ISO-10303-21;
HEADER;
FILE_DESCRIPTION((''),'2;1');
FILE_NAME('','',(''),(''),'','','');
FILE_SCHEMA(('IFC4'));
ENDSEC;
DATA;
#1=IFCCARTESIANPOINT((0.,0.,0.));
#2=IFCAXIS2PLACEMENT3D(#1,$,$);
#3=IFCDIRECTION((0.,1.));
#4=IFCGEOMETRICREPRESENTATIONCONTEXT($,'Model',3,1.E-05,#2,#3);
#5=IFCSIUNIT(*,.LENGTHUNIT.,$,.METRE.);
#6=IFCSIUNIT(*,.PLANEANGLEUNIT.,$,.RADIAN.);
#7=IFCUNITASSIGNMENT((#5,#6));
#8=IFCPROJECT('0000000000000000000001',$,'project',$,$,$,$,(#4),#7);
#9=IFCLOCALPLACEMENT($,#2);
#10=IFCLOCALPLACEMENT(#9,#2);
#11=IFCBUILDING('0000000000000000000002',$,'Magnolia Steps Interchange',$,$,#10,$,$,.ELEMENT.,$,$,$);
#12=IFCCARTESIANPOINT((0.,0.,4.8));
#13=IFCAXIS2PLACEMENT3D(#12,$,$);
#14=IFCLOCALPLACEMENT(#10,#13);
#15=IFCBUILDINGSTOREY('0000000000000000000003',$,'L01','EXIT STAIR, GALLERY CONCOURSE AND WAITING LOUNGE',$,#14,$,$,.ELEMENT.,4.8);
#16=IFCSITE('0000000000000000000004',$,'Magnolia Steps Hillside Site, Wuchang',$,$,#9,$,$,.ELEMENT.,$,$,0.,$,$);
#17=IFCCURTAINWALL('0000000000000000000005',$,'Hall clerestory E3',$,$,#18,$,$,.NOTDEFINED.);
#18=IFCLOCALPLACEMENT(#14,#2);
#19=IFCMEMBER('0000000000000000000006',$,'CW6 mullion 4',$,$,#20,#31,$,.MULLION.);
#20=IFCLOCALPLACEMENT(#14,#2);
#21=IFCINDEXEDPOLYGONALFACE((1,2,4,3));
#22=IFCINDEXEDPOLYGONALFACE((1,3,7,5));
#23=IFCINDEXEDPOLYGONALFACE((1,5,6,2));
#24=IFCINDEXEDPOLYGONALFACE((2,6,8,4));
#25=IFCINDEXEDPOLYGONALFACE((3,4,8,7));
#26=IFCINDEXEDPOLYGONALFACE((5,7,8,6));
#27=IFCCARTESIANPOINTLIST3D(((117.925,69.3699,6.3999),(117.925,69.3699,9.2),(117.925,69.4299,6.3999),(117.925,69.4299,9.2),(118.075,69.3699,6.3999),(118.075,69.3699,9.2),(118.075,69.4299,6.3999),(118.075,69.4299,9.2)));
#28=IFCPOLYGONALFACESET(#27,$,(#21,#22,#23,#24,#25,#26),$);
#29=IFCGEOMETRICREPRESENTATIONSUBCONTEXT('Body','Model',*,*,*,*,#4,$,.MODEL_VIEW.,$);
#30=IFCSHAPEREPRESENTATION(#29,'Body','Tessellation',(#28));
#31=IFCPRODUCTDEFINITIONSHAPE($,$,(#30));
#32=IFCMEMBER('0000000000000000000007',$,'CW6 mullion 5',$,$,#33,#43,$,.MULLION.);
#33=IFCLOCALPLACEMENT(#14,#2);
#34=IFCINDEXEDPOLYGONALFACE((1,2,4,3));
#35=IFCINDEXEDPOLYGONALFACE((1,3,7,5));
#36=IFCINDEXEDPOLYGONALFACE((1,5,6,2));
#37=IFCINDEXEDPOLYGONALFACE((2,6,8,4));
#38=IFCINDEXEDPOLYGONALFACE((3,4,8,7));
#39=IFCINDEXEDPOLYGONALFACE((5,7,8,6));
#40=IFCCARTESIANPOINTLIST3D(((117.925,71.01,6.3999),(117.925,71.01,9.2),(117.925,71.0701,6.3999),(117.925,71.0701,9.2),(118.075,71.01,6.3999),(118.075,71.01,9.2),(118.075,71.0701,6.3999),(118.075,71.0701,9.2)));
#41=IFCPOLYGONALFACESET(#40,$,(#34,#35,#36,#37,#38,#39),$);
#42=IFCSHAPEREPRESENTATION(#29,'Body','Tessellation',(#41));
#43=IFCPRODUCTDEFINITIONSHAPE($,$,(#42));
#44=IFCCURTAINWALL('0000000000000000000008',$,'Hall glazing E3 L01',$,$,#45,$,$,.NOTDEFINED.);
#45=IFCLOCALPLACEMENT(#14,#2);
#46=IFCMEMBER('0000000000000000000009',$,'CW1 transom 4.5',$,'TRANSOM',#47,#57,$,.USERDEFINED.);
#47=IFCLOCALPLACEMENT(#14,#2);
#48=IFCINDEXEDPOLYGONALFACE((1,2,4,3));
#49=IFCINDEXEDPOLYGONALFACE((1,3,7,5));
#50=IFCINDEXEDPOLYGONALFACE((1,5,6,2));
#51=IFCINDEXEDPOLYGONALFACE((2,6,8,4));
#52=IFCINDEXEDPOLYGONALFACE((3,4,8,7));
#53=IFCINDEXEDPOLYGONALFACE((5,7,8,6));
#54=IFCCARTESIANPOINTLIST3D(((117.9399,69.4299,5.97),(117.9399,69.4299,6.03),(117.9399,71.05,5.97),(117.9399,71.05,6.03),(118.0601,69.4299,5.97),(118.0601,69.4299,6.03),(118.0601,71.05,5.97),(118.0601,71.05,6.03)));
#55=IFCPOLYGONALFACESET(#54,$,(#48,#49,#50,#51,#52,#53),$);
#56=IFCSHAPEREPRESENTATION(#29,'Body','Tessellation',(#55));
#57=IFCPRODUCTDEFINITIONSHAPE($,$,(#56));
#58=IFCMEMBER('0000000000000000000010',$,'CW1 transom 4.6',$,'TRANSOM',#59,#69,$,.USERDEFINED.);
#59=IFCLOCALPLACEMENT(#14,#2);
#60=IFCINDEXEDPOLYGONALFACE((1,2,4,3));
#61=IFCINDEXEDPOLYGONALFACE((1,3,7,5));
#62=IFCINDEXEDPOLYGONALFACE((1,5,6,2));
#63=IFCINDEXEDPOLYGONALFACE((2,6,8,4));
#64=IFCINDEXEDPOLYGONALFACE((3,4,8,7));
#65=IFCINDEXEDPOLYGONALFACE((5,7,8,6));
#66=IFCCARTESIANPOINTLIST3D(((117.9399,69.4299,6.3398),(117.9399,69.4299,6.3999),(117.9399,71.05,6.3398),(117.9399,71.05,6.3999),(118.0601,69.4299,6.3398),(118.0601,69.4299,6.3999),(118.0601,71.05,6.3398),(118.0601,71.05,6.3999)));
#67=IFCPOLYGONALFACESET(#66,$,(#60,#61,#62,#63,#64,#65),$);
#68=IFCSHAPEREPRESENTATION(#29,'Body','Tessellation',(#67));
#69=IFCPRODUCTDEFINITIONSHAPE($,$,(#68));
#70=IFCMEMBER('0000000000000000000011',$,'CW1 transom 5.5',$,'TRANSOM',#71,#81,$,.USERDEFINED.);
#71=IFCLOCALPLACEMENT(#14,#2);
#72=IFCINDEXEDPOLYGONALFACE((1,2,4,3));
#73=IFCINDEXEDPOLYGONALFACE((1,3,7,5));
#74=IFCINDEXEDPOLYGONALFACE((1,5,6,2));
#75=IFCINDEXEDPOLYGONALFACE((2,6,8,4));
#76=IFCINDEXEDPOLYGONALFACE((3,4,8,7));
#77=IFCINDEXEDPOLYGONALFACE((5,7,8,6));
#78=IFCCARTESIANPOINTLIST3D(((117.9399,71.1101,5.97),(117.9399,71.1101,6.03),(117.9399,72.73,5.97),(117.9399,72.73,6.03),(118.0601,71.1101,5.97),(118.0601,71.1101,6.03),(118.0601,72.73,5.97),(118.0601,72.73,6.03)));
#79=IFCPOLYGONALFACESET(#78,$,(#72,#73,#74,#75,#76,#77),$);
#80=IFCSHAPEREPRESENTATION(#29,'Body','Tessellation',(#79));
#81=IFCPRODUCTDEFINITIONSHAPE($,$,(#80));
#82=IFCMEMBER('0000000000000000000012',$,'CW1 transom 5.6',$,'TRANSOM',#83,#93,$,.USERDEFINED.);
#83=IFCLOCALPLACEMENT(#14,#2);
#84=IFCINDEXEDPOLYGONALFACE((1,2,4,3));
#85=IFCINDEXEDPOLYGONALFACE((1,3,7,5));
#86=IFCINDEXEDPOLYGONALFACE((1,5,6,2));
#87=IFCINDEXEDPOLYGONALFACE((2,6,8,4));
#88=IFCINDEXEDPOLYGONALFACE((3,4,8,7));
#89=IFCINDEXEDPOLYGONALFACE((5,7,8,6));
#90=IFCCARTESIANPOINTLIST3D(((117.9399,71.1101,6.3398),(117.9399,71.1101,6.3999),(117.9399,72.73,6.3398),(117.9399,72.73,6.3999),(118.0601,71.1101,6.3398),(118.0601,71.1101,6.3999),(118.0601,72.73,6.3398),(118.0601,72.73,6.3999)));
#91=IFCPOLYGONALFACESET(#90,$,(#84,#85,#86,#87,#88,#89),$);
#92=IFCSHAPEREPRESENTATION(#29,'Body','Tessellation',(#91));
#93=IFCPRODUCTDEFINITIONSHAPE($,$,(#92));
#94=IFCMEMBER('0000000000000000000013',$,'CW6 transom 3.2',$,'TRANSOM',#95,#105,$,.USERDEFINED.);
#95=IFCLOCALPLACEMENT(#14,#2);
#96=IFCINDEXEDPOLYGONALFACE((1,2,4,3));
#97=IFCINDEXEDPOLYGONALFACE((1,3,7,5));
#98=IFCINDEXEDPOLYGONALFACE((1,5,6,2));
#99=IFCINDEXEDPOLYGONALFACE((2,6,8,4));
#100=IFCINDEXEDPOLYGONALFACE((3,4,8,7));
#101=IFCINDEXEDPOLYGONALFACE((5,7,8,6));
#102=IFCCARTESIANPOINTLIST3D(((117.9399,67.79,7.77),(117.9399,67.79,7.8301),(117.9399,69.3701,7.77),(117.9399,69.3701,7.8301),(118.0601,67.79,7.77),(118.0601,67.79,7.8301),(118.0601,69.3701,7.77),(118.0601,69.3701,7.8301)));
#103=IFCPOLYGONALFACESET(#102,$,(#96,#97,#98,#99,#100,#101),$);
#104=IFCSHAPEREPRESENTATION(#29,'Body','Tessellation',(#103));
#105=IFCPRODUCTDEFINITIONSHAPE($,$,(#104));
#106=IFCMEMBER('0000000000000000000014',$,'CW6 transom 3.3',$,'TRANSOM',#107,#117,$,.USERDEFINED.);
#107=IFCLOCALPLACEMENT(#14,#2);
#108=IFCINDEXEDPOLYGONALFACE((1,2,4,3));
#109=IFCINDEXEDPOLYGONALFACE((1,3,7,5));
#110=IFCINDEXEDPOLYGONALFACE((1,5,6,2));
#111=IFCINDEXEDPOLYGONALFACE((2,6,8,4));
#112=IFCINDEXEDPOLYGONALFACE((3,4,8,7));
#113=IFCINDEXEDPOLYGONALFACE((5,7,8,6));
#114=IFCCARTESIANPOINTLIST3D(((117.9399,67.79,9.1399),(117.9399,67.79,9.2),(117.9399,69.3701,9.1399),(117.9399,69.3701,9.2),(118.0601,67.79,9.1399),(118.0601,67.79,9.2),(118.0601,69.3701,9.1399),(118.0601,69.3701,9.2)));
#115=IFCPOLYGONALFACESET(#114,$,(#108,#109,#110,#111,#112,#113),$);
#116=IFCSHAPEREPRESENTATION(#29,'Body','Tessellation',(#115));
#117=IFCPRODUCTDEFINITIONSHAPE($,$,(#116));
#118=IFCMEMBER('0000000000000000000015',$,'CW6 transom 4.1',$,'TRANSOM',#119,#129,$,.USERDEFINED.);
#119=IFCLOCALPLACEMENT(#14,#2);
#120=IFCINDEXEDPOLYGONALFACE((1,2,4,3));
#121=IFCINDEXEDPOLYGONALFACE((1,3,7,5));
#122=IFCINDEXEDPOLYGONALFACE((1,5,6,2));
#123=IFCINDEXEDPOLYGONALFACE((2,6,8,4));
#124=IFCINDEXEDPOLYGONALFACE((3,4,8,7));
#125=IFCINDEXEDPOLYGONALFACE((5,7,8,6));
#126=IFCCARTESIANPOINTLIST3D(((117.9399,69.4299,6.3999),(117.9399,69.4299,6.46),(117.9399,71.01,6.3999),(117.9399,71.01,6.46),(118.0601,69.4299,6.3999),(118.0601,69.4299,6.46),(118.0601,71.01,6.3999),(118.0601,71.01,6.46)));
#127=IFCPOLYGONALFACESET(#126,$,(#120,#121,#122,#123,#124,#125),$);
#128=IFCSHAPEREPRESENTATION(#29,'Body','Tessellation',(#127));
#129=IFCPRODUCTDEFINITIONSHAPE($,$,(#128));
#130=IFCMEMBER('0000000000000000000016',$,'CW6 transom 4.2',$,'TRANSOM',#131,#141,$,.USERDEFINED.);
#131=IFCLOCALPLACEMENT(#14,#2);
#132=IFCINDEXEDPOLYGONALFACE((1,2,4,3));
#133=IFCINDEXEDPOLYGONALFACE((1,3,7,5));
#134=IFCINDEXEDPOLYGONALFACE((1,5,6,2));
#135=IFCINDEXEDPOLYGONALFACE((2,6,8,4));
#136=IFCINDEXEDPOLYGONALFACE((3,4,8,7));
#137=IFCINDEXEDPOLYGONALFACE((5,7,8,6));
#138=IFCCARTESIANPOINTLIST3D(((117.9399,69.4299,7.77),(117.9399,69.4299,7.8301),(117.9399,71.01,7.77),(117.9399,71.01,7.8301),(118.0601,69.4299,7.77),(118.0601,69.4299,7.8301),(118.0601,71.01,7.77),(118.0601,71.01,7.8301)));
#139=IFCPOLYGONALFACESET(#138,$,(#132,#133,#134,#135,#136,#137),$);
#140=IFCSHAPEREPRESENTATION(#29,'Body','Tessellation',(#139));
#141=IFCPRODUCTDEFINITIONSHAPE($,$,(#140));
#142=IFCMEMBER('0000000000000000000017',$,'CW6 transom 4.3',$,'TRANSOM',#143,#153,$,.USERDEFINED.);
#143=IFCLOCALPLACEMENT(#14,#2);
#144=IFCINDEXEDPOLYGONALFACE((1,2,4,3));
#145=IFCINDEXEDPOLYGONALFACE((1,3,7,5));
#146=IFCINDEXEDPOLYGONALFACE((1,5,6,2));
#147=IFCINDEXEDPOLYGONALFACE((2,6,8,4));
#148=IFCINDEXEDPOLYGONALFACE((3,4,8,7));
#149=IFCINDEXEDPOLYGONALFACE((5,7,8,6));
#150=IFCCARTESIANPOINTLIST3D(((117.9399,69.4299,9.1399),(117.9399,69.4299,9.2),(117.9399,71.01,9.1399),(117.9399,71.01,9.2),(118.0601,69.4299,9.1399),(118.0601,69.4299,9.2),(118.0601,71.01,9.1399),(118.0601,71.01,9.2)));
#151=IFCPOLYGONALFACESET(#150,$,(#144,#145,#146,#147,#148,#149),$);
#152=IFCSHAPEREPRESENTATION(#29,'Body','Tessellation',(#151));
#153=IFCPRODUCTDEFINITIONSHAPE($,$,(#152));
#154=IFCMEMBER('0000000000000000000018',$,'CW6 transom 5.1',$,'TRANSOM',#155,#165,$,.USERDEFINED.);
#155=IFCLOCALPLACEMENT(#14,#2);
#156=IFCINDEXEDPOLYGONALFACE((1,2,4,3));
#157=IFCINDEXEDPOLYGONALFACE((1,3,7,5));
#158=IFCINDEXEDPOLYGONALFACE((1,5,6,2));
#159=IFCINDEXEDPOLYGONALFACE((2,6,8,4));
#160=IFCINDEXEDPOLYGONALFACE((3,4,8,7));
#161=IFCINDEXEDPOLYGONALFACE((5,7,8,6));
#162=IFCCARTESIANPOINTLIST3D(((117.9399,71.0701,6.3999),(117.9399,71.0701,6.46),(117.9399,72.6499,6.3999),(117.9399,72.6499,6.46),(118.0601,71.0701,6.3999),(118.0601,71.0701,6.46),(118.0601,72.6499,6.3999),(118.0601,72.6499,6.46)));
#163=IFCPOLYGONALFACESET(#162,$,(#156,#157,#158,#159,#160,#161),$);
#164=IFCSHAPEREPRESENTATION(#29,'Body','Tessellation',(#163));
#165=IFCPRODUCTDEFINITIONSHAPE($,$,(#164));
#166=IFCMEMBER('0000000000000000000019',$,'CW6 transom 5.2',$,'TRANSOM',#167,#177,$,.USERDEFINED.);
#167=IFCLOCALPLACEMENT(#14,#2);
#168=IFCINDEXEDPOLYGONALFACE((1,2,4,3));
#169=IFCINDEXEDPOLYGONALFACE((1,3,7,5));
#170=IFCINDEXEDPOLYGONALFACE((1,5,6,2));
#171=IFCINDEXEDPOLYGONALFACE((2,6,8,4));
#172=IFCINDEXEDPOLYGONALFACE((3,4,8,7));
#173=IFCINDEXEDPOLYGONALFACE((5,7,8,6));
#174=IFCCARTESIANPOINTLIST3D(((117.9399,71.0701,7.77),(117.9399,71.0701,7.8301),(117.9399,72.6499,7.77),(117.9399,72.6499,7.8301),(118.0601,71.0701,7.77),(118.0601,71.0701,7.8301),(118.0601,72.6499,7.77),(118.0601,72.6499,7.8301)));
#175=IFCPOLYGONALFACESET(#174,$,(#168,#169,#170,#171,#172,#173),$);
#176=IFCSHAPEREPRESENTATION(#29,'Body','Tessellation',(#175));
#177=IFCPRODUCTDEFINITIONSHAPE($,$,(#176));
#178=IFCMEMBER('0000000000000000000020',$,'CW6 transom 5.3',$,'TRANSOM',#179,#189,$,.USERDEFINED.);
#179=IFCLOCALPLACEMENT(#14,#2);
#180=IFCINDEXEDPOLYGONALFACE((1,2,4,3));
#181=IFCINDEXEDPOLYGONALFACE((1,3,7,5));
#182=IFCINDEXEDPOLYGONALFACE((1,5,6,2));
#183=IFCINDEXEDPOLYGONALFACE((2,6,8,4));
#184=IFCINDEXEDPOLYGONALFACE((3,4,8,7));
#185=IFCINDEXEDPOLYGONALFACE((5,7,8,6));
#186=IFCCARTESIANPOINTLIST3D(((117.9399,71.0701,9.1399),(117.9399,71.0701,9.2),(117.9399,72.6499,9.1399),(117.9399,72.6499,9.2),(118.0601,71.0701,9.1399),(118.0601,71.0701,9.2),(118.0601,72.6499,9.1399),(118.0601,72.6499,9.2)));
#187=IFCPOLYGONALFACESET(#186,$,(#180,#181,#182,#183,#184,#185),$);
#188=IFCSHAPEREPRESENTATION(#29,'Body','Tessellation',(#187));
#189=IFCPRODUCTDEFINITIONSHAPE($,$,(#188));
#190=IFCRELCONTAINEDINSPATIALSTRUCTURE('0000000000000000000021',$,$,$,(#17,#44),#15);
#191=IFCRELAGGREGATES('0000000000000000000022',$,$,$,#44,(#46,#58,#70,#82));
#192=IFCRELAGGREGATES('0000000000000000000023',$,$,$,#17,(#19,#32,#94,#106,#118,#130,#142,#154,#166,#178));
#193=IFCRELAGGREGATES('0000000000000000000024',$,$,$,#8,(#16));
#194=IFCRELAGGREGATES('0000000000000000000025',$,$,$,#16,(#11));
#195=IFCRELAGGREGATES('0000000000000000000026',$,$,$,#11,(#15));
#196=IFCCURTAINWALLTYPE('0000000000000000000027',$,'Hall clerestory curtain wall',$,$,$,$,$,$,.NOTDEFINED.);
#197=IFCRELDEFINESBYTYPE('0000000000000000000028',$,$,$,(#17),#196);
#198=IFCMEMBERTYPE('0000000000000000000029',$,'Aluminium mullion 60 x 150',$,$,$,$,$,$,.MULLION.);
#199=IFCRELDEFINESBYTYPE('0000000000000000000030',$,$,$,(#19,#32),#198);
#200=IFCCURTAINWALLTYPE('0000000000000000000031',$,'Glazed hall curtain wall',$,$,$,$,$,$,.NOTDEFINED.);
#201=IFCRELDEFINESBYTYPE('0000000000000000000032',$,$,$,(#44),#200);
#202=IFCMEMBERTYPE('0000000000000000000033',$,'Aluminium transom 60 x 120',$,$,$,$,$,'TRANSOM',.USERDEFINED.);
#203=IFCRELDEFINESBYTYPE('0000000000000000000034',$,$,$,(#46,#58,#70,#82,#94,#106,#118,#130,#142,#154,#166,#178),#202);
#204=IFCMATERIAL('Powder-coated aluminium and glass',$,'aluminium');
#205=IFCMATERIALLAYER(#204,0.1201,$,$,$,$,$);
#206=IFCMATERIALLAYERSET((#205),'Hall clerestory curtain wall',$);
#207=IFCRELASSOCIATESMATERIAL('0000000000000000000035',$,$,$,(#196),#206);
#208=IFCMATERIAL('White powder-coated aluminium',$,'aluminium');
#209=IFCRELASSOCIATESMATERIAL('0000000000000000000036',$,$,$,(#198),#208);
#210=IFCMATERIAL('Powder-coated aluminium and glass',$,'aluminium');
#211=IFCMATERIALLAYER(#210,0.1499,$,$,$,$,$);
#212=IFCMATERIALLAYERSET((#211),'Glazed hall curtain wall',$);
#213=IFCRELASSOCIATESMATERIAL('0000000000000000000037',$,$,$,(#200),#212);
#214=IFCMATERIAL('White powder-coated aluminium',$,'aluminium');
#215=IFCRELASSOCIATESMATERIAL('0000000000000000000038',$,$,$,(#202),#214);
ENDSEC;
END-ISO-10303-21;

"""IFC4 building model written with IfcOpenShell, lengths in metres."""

from ifc_helpers import new_model, si_unit, direction, frame, origin, origin_2d, place, context, subcontext, project, spatial, rectangle, extrude, material, layer, layer_set, material_profile, profile_set, type_object, element, aggregate, save


model = new_model("IFC4")

# Units and contexts
model_context = context("Model", 3, precision=1e-05, world=origin(), true_north=direction((0.0, 1.0)))
body_context = subcontext(model_context, "Body", "Model", "MODEL_VIEW")
ifc_project = project(units=[si_unit("LENGTHUNIT", "METRE"), si_unit("PLANEANGLEUNIT", "RADIAN")], contexts=[model_context])

# Site, building, storey
site_placement = place(None, origin())
site = spatial("IfcSite", under=ifc_project, at=site_placement, Name="Magnolia Steps Hillside Site, Wuchang", CompositionType="ELEMENT", RefElevation=0.0)
building_placement = place(site_placement, origin())
building = spatial("IfcBuilding", under=site, at=building_placement, Name="Magnolia Steps Interchange", CompositionType="ELEMENT")
storey_placement = place(building_placement, frame((0.0, 0.0, 4.8)))
storey = spatial("IfcBuildingStorey", under=building, at=storey_placement, Name="L01", Description="EXIT STAIR, GALLERY CONCOURSE AND WAITING LOUNGE", CompositionType="ELEMENT", Elevation=4.8)

# Curtain walls, members
ifc_material_1 = material(Name="Powder-coated aluminium and glass", Category="aluminium")
ifc_layer_1 = layer(ifc_material_1, 0.1201)
ifc_layer_set_1 = layer_set([ifc_layer_1], Name="Hall clerestory curtain wall")
curtain_wall_type_1 = type_object("IfcCurtainWallType", Name="Hall clerestory curtain wall", PredefinedType="NOTDEFINED", material=ifc_layer_set_1)
curtain_wall_1_placement = place(storey_placement, origin())
curtain_wall_1 = element("IfcCurtainWall", 1, at=curtain_wall_1_placement, inside=storey, type_object=curtain_wall_type_1, Name="Hall clerestory E3", PredefinedType="NOTDEFINED")
ifc_material_2 = material(Name="White powder-coated aluminium", Category="aluminium")
ifc_material_profile_1 = material_profile(ifc_material_2, rectangle(XDim=0.0601, YDim=0.1499, at=origin_2d()), Name="Aluminium mullion 60 x 150")
ifc_profile_set_1 = profile_set([ifc_material_profile_1], Name="White powder-coated aluminium")
member_type_1 = type_object("IfcMemberType", Name="Aluminium mullion 60 x 150", PredefinedType="MULLION", material=ifc_profile_set_1)
member_1_placement = place(storey_placement, frame((118.0, 69.3999, 6.3999), z_axis=(0.0, 0.0, 1.0), x_axis=(0.0, 1.0, 0.0)))
member_1 = element("IfcMember", 2, at=member_1_placement, type_object=member_type_1, Name="CW6 mullion 4", PredefinedType="MULLION", context=body_context, shape_type="SweptSolid", body=[
    extrude(rectangle(XDim=0.0601, YDim=0.1499, at=origin_2d()), origin(), (0.0, 0.0, 1.0), 2.8),
])
member_2_placement = place(storey_placement, frame((118.0, 71.04, 6.3999), z_axis=(0.0, 0.0, 1.0), x_axis=(0.0, 1.0, 0.0)))
member_2 = element("IfcMember", 3, at=member_2_placement, type_object=member_type_1, Name="CW6 mullion 5", PredefinedType="MULLION", context=body_context, shape_type="SweptSolid", body=[
    extrude(rectangle(XDim=0.0601, YDim=0.1499, at=origin_2d()), origin(), (0.0, 0.0, 1.0), 2.8),
])
ifc_material_3 = material(Name="Powder-coated aluminium and glass", Category="aluminium")
ifc_layer_2 = layer(ifc_material_3, 0.1499)
ifc_layer_set_2 = layer_set([ifc_layer_2], Name="Glazed hall curtain wall")
curtain_wall_type_2 = type_object("IfcCurtainWallType", Name="Glazed hall curtain wall", PredefinedType="NOTDEFINED", material=ifc_layer_set_2)
curtain_wall_2_placement = place(storey_placement, origin())
curtain_wall_2 = element("IfcCurtainWall", 4, at=curtain_wall_2_placement, inside=storey, type_object=curtain_wall_type_2, Name="Hall glazing E3 L01", PredefinedType="NOTDEFINED")
ifc_material_4 = material(Name="White powder-coated aluminium", Category="aluminium")
ifc_material_profile_2 = material_profile(ifc_material_4, rectangle(XDim=0.0601, YDim=0.1201, at=origin_2d()), Name="Aluminium transom 60 x 120")
ifc_profile_set_2 = profile_set([ifc_material_profile_2], Name="White powder-coated aluminium")
member_type_2 = type_object("IfcMemberType", Name="Aluminium transom 60 x 120", ElementType="TRANSOM", PredefinedType="USERDEFINED", material=ifc_profile_set_2)
member_3_placement = place(storey_placement, frame((118.0, 69.4299, 6.0), z_axis=(0.0, 1.0, 0.0), x_axis=(0.0, 0.0, 1.0)))
member_3 = element("IfcMember", 5, at=member_3_placement, type_object=member_type_2, Name="CW1 transom 4.5", ObjectType="TRANSOM", PredefinedType="USERDEFINED", context=body_context, shape_type="SweptSolid", body=[
    extrude(rectangle(XDim=0.0601, YDim=0.1201, at=origin_2d()), origin(), (0.0, 0.0, 1.0), 1.6201),
])
member_4_placement = place(storey_placement, frame((118.0, 69.4299, 6.3699), z_axis=(0.0, 1.0, 0.0), x_axis=(0.0, 0.0, 1.0)))
member_4 = element("IfcMember", 6, at=member_4_placement, type_object=member_type_2, Name="CW1 transom 4.6", ObjectType="TRANSOM", PredefinedType="USERDEFINED", context=body_context, shape_type="SweptSolid", body=[
    extrude(rectangle(XDim=0.0601, YDim=0.1201, at=origin_2d()), origin(), (0.0, 0.0, 1.0), 1.6201),
])
member_5_placement = place(storey_placement, frame((118.0, 71.1101, 6.0), z_axis=(0.0, 1.0, 0.0), x_axis=(0.0, 0.0, 1.0)))
member_5 = element("IfcMember", 7, at=member_5_placement, type_object=member_type_2, Name="CW1 transom 5.5", ObjectType="TRANSOM", PredefinedType="USERDEFINED", context=body_context, shape_type="SweptSolid", body=[
    extrude(rectangle(XDim=0.0601, YDim=0.1201, at=origin_2d()), origin(), (0.0, 0.0, 1.0), 1.6199),
])
member_6_placement = place(storey_placement, frame((118.0, 71.1101, 6.3699), z_axis=(0.0, 1.0, 0.0), x_axis=(0.0, 0.0, 1.0)))
member_6 = element("IfcMember", 8, at=member_6_placement, type_object=member_type_2, Name="CW1 transom 5.6", ObjectType="TRANSOM", PredefinedType="USERDEFINED", context=body_context, shape_type="SweptSolid", body=[
    extrude(rectangle(XDim=0.0601, YDim=0.1201, at=origin_2d()), origin(), (0.0, 0.0, 1.0), 1.6199),
])

# Members
member_7_placement = place(storey_placement, frame((118.0, 67.79, 7.8), z_axis=(0.0, 1.0, 0.0), x_axis=(0.0, 0.0, 1.0)))
member_7 = element("IfcMember", 9, at=member_7_placement, type_object=member_type_2, Name="CW6 transom 3.2", ObjectType="TRANSOM", PredefinedType="USERDEFINED", context=body_context, shape_type="SweptSolid", body=[
    extrude(rectangle(XDim=0.0601, YDim=0.1201, at=origin_2d()), origin(), (0.0, 0.0, 1.0), 1.5801),
])
member_8_placement = place(storey_placement, frame((118.0, 67.79, 9.1699), z_axis=(0.0, 1.0, 0.0), x_axis=(0.0, 0.0, 1.0)))
member_8 = element("IfcMember", 10, at=member_8_placement, type_object=member_type_2, Name="CW6 transom 3.3", ObjectType="TRANSOM", PredefinedType="USERDEFINED", context=body_context, shape_type="SweptSolid", body=[
    extrude(rectangle(XDim=0.0601, YDim=0.1201, at=origin_2d()), origin(), (0.0, 0.0, 1.0), 1.5801),
])
member_9_placement = place(storey_placement, frame((118.0, 69.4299, 6.4299), z_axis=(0.0, 1.0, 0.0), x_axis=(0.0, 0.0, 1.0)))
member_9 = element("IfcMember", 11, at=member_9_placement, type_object=member_type_2, Name="CW6 transom 4.1", ObjectType="TRANSOM", PredefinedType="USERDEFINED", context=body_context, shape_type="SweptSolid", body=[
    extrude(rectangle(XDim=0.0601, YDim=0.1201, at=origin_2d()), origin(), (0.0, 0.0, 1.0), 1.5801),
])
member_10_placement = place(storey_placement, frame((118.0, 69.4299, 7.8), z_axis=(0.0, 1.0, 0.0), x_axis=(0.0, 0.0, 1.0)))
member_10 = element("IfcMember", 12, at=member_10_placement, type_object=member_type_2, Name="CW6 transom 4.2", ObjectType="TRANSOM", PredefinedType="USERDEFINED", context=body_context, shape_type="SweptSolid", body=[
    extrude(rectangle(XDim=0.0601, YDim=0.1201, at=origin_2d()), origin(), (0.0, 0.0, 1.0), 1.5801),
])
member_11_placement = place(storey_placement, frame((118.0, 69.4299, 9.1699), z_axis=(0.0, 1.0, 0.0), x_axis=(0.0, 0.0, 1.0)))
member_11 = element("IfcMember", 13, at=member_11_placement, type_object=member_type_2, Name="CW6 transom 4.3", ObjectType="TRANSOM", PredefinedType="USERDEFINED", context=body_context, shape_type="SweptSolid", body=[
    extrude(rectangle(XDim=0.0601, YDim=0.1201, at=origin_2d()), origin(), (0.0, 0.0, 1.0), 1.5801),
])
member_12_placement = place(storey_placement, frame((118.0, 71.0701, 6.4299), z_axis=(0.0, 1.0, 0.0), x_axis=(0.0, 0.0, 1.0)))
member_12 = element("IfcMember", 14, at=member_12_placement, type_object=member_type_2, Name="CW6 transom 5.1", ObjectType="TRANSOM", PredefinedType="USERDEFINED", context=body_context, shape_type="SweptSolid", body=[
    extrude(rectangle(XDim=0.0601, YDim=0.1201, at=origin_2d()), origin(), (0.0, 0.0, 1.0), 1.5798),
])
member_13_placement = place(storey_placement, frame((118.0, 71.0701, 7.8), z_axis=(0.0, 1.0, 0.0), x_axis=(0.0, 0.0, 1.0)))
member_13 = element("IfcMember", 15, at=member_13_placement, type_object=member_type_2, Name="CW6 transom 5.2", ObjectType="TRANSOM", PredefinedType="USERDEFINED", context=body_context, shape_type="SweptSolid", body=[
    extrude(rectangle(XDim=0.0601, YDim=0.1201, at=origin_2d()), origin(), (0.0, 0.0, 1.0), 1.5798),
])
member_14_placement = place(storey_placement, frame((118.0, 71.0701, 9.1699), z_axis=(0.0, 1.0, 0.0), x_axis=(0.0, 0.0, 1.0)))
member_14 = element("IfcMember", 16, at=member_14_placement, type_object=member_type_2, Name="CW6 transom 5.3", ObjectType="TRANSOM", PredefinedType="USERDEFINED", context=body_context, shape_type="SweptSolid", body=[
    extrude(rectangle(XDim=0.0601, YDim=0.1201, at=origin_2d()), origin(), (0.0, 0.0, 1.0), 1.5798),
])

aggregate(curtain_wall_2, [member_3, member_4, member_5, member_6])
aggregate(curtain_wall_1, [member_1, member_2, member_7, member_8, member_9, member_10, member_11, member_12, member_13, member_14])

save(model, "model.ifc")
